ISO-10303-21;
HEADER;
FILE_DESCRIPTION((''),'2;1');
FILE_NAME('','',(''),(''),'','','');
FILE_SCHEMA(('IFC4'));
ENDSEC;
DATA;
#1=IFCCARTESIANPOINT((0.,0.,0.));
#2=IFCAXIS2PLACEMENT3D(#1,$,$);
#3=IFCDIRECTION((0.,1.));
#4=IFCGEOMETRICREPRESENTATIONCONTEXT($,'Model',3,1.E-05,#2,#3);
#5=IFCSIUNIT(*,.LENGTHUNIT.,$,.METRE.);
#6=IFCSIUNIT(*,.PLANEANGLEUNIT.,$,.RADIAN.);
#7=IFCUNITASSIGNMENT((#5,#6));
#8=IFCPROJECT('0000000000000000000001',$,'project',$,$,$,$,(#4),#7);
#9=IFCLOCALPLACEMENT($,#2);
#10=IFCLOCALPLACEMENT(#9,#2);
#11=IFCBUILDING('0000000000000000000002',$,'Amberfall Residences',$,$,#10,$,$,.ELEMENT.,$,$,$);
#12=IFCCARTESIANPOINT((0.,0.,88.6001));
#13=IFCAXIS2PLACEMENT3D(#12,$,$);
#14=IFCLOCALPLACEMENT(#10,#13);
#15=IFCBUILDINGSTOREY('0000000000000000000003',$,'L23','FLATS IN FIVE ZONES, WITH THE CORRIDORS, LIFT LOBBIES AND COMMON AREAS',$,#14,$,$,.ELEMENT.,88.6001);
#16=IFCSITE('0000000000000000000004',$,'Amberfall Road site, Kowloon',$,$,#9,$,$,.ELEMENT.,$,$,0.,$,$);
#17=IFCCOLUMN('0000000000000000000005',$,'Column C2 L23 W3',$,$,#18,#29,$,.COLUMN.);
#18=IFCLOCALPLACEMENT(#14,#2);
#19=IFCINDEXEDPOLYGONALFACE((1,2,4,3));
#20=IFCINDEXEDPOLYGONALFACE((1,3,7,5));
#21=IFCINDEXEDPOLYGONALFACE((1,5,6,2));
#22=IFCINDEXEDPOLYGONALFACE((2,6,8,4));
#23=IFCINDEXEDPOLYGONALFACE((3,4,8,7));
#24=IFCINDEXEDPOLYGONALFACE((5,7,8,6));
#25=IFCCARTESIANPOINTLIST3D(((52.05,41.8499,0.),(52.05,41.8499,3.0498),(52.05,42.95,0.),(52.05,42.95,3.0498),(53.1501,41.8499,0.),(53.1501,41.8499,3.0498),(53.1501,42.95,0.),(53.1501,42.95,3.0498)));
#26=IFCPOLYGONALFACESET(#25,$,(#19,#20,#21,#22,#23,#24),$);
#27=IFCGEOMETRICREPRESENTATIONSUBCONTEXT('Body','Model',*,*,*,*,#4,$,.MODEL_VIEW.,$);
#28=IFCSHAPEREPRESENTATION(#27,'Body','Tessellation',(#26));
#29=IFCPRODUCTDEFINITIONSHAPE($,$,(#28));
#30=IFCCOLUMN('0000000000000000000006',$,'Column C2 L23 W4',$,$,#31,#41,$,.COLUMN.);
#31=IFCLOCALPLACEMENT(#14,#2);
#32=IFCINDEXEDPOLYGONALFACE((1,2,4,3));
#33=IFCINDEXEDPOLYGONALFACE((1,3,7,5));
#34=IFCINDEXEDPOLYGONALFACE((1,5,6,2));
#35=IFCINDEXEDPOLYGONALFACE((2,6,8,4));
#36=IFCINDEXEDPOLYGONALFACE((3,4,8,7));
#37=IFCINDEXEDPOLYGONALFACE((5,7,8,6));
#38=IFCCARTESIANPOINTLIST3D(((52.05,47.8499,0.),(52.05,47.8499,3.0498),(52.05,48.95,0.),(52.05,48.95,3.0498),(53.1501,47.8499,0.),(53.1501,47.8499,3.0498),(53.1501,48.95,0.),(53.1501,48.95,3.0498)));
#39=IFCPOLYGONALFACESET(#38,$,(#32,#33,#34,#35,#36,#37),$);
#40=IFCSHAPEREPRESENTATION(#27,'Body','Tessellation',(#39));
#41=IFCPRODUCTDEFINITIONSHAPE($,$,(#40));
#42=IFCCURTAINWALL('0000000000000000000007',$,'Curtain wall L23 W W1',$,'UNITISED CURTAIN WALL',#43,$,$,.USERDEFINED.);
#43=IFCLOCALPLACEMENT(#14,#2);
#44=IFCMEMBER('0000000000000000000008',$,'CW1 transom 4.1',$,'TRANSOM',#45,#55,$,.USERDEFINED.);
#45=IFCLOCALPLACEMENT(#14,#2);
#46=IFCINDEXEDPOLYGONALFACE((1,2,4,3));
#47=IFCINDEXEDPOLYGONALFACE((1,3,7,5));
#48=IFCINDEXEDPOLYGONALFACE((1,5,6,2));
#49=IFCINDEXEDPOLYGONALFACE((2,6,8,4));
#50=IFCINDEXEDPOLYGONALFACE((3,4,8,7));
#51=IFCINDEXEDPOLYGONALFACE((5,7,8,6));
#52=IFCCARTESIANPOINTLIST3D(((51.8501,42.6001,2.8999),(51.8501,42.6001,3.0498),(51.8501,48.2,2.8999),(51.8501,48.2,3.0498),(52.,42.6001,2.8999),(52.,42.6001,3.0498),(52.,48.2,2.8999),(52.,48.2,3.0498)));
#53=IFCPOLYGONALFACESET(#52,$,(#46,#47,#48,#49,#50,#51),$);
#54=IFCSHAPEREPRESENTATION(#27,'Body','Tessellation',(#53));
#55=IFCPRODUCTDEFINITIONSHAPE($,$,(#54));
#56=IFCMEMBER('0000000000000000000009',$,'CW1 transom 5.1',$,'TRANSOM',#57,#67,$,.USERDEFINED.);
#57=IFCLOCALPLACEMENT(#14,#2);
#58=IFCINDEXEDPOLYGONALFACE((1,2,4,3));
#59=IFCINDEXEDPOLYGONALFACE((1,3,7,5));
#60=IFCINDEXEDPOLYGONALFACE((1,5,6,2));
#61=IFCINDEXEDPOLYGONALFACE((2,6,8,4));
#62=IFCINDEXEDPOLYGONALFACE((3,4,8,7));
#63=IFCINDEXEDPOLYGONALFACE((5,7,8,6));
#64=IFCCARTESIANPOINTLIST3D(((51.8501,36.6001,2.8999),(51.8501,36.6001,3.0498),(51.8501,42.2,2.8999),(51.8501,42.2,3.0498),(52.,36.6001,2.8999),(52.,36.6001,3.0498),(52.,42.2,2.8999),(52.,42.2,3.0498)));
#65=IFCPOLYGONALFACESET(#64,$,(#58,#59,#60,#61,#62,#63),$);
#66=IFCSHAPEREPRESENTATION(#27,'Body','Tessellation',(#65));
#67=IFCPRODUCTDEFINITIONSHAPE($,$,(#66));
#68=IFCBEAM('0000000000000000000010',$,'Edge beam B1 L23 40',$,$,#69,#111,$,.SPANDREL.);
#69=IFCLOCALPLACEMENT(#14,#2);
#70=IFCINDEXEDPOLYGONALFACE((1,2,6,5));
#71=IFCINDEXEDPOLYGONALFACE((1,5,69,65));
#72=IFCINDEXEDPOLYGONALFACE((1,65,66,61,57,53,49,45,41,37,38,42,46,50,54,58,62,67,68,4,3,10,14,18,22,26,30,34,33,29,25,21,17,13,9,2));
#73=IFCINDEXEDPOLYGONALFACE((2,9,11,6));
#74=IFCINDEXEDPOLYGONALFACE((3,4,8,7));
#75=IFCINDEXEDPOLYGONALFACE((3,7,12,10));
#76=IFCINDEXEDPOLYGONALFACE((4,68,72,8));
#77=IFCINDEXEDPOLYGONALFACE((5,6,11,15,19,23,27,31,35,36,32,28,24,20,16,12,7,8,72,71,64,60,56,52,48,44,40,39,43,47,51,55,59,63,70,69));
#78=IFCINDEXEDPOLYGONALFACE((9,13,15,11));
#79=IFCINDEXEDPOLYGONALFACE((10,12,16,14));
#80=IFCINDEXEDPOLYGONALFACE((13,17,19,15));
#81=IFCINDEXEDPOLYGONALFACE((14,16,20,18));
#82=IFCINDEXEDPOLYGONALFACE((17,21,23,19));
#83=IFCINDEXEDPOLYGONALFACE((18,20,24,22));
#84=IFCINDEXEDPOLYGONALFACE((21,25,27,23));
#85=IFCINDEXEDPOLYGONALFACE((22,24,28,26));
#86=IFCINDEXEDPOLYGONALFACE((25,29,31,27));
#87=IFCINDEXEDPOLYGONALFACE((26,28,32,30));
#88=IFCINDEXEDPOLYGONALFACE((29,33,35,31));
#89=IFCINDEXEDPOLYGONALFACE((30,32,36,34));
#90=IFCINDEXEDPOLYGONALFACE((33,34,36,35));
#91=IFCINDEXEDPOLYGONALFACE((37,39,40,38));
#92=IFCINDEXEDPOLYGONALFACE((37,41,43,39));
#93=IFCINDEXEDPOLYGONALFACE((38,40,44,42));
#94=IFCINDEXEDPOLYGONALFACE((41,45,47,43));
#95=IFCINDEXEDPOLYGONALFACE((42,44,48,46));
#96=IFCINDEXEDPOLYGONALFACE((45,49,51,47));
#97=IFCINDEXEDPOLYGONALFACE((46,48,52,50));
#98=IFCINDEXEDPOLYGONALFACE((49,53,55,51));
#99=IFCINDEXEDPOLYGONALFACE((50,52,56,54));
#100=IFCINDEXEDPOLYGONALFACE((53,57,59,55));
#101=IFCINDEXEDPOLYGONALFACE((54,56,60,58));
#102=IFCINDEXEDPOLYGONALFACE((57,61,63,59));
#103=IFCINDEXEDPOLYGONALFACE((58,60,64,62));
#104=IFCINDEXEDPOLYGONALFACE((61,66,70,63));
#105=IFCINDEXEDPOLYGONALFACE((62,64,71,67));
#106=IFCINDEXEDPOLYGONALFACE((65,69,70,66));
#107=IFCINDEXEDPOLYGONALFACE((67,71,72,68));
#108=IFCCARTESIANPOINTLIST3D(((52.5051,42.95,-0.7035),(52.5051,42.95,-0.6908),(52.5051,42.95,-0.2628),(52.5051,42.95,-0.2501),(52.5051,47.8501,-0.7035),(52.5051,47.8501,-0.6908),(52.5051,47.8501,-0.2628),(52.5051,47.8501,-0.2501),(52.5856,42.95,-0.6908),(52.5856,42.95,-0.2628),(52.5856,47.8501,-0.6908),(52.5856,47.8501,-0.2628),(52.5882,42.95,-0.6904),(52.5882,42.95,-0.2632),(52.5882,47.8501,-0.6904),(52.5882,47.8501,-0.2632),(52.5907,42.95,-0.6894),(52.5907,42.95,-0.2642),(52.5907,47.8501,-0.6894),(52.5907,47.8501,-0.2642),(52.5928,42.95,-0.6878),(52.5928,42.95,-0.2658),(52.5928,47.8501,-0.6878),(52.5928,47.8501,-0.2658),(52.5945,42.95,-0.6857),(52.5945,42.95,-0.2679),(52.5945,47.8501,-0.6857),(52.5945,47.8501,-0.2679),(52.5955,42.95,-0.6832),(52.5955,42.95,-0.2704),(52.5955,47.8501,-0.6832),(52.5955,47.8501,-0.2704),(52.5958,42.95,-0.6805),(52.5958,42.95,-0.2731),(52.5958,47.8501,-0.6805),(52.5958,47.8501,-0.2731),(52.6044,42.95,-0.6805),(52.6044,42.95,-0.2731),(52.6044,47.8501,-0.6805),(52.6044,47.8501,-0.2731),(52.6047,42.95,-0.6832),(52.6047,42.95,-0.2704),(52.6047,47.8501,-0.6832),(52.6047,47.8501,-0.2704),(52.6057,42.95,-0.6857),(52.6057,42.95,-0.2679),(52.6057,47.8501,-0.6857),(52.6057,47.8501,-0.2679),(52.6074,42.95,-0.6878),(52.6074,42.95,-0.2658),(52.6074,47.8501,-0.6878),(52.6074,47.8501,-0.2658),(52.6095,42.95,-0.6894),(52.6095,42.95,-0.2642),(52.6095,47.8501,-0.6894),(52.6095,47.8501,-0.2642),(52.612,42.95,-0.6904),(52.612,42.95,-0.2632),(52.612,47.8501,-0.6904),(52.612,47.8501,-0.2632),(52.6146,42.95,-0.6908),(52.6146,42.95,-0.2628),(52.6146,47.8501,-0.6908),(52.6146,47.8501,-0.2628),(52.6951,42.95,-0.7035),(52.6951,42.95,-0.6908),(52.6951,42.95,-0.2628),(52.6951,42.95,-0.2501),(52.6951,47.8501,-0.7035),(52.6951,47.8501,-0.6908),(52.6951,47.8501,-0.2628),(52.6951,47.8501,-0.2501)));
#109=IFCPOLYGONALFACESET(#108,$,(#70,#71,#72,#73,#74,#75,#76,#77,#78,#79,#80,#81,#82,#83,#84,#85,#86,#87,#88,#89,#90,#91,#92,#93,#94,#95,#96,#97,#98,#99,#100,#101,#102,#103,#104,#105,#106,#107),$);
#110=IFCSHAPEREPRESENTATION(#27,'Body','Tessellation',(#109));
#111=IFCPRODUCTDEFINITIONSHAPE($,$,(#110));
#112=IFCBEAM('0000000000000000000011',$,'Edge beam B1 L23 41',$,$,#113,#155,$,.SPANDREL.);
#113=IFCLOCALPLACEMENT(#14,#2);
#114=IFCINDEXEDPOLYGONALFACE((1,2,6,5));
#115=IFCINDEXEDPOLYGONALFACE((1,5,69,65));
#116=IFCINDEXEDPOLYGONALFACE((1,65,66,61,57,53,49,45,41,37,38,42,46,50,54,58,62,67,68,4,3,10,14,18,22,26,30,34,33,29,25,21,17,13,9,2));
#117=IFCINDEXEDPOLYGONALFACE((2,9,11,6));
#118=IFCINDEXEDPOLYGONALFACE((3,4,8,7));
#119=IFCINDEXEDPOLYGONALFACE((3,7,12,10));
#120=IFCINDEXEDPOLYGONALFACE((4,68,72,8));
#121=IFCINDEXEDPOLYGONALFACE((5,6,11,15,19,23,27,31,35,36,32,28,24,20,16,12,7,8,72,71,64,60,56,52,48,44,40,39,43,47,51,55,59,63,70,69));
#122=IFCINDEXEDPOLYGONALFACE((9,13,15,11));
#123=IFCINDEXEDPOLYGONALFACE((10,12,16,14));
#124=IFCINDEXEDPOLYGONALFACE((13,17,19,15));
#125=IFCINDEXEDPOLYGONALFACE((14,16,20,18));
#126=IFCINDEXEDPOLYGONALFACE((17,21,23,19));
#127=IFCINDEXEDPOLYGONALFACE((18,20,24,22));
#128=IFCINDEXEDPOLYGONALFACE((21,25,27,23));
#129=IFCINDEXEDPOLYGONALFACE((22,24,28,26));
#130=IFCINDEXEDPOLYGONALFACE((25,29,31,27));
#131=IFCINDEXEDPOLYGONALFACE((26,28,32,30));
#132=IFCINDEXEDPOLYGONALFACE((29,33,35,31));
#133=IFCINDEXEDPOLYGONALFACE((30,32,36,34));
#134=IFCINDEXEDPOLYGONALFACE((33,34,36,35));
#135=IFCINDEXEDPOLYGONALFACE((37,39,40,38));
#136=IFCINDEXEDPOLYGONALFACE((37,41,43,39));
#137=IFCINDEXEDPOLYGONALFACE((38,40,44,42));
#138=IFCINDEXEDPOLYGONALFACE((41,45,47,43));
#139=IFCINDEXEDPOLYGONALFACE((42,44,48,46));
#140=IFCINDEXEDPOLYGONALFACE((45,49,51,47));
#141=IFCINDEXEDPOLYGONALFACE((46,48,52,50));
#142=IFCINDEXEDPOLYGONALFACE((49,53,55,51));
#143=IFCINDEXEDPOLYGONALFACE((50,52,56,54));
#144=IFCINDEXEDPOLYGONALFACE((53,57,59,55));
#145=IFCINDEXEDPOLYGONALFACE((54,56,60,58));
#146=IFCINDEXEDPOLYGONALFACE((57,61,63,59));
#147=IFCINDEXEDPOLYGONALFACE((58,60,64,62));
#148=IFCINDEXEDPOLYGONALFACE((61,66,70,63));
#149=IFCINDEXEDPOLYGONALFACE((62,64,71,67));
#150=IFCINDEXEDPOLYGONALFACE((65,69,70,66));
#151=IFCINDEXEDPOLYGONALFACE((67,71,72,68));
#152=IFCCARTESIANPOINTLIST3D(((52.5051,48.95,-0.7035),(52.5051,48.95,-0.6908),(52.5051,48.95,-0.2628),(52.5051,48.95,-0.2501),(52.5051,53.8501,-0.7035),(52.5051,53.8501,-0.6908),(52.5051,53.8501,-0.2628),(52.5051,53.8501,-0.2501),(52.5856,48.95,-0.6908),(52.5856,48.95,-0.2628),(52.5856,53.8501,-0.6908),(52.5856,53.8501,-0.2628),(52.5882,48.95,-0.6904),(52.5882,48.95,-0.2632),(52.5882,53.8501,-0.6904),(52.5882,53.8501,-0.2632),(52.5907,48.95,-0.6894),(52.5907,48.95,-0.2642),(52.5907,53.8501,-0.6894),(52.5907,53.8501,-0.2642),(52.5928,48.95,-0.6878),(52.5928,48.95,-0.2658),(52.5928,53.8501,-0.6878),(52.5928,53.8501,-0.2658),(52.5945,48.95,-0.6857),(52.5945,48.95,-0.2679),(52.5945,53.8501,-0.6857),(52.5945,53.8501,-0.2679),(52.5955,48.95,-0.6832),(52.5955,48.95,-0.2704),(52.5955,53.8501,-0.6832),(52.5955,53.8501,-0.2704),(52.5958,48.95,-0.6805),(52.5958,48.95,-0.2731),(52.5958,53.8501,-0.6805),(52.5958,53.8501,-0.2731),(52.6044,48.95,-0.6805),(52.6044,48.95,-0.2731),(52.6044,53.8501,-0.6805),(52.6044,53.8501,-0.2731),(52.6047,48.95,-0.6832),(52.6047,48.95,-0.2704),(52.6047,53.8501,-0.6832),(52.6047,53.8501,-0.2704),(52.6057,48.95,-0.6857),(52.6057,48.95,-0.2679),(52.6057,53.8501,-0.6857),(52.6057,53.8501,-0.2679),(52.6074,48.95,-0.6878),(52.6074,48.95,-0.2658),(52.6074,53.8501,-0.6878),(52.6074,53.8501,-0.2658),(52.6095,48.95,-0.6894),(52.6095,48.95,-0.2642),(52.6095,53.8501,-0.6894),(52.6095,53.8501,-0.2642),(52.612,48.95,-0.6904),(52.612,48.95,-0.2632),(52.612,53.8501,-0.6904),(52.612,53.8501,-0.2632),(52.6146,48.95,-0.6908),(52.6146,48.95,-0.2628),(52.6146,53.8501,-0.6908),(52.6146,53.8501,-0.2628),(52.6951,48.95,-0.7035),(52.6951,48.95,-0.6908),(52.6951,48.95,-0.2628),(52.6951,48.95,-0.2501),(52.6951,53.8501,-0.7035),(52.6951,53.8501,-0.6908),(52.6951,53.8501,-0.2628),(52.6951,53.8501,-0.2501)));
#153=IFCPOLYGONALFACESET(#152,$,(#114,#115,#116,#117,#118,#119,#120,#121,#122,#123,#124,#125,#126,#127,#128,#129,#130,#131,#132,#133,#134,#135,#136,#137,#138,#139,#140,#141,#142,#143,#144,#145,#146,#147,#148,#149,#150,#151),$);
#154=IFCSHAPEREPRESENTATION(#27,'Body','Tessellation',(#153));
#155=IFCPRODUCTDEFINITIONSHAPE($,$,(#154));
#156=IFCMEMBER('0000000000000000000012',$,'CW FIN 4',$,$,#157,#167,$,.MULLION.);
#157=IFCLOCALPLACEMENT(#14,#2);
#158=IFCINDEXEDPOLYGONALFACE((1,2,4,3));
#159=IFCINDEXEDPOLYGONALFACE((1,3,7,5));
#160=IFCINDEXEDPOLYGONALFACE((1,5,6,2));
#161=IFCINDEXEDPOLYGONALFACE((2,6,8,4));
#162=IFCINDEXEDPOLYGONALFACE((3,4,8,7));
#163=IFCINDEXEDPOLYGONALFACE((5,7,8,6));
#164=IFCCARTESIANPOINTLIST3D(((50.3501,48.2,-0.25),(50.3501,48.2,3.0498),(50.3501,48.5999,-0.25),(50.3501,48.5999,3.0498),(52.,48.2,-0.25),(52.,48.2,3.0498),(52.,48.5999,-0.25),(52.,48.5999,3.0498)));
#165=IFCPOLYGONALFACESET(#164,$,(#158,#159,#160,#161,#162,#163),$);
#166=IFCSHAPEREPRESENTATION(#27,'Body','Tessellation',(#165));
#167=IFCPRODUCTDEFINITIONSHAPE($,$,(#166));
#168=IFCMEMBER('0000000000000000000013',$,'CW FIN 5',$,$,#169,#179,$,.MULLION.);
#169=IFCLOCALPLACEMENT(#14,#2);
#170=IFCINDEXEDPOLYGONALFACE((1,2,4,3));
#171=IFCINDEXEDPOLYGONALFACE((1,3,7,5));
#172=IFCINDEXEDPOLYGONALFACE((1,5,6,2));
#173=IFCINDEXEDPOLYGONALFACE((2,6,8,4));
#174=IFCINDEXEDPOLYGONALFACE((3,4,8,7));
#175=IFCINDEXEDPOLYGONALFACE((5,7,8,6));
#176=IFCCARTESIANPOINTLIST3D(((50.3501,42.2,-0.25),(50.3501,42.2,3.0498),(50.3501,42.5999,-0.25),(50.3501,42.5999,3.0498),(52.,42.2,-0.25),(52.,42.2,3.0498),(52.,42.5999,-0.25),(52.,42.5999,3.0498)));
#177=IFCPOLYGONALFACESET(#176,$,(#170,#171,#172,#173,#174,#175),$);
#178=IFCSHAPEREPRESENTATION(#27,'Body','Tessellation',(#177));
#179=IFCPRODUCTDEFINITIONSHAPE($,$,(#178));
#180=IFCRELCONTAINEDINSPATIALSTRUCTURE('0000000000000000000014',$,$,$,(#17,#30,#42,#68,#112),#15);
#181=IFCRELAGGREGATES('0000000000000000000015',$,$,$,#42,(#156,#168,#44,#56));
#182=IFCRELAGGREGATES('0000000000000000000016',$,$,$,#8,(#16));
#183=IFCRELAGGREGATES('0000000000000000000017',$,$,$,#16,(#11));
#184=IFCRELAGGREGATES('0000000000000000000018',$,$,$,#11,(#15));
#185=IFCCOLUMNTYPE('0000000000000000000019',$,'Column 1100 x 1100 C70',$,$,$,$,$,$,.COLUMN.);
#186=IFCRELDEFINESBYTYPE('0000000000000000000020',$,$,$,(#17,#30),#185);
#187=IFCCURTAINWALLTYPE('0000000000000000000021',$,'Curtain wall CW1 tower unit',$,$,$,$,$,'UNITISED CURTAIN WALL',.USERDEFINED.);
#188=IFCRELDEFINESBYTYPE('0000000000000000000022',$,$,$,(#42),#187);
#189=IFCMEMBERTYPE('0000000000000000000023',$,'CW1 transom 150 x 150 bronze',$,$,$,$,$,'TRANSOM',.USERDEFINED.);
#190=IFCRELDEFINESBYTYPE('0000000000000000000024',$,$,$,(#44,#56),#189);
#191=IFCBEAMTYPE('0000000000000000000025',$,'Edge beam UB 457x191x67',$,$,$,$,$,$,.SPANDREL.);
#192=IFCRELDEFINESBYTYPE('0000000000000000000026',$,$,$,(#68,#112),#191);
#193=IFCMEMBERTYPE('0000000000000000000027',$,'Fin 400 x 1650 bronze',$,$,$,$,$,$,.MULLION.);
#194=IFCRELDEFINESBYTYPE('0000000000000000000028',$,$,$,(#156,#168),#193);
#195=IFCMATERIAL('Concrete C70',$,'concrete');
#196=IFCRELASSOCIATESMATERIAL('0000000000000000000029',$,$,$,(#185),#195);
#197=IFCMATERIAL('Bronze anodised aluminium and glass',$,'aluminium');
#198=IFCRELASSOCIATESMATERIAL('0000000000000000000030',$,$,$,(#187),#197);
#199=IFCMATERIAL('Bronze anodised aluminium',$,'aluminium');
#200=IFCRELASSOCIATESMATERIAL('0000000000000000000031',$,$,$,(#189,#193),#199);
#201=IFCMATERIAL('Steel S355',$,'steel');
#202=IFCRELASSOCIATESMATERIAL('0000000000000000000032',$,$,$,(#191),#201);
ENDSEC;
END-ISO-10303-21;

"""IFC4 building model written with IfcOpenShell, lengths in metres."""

from ifc_helpers import new_model, si_unit, direction, frame, origin, origin_2d, place, context, subcontext, project, spatial, rectangle, i_section, extrude, material, material_profile, profile_set, type_object, element, aggregate, save


model = new_model("IFC4")

# Units and contexts
model_context = context("Model", 3, precision=1e-05, world=origin(), true_north=direction((0.0, 1.0)))
body_context = subcontext(model_context, "Body", "Model", "MODEL_VIEW")
ifc_project = project(units=[si_unit("LENGTHUNIT", "METRE"), si_unit("PLANEANGLEUNIT", "RADIAN")], contexts=[model_context])

# Site, building, storey
site_placement = place(None, origin())
site = spatial("IfcSite", under=ifc_project, at=site_placement, Name="Amberfall Road site, Kowloon", CompositionType="ELEMENT", RefElevation=0.0)
building_placement = place(site_placement, origin())
building = spatial("IfcBuilding", under=site, at=building_placement, Name="Amberfall Residences", CompositionType="ELEMENT")
storey_placement = place(building_placement, frame((0.0, 0.0, 88.6001)))
storey = spatial("IfcBuildingStorey", under=building, at=storey_placement, Name="L23", Description="FLATS IN FIVE ZONES, WITH THE CORRIDORS, LIFT LOBBIES AND COMMON AREAS", CompositionType="ELEMENT", Elevation=88.6001)

# Columns
ifc_material_1 = material(Name="Concrete C70", Category="concrete")
ifc_material_profile_1 = material_profile(ifc_material_1, rectangle(XDim=1.1001, YDim=1.1001, at=origin_2d()), Name="Column 1100 x 1100 C70")
ifc_profile_set_1 = profile_set([ifc_material_profile_1], Name="Concrete C70")
column_type = type_object("IfcColumnType", Name="Column 1100 x 1100 C70", PredefinedType="COLUMN", material=ifc_profile_set_1)
for number, where, z_axis, x_axis, name in (
    (1, (52.6001, 42.3999, 0.0), (0.0, 0.0, 1.0), (1.0, 0.0, 0.0), "Column C2 L23 W3"),
    (2, (52.6001, 48.3999, 0.0), (0.0, 0.0, 1.0), (1.0, 0.0, 0.0), "Column C2 L23 W4"),
):
    element("IfcColumn", number, at=place(storey_placement, frame(where, z_axis=z_axis, x_axis=x_axis)), inside=storey, type_object=column_type, Name=name, PredefinedType="COLUMN", context=body_context, shape_type="SweptSolid", body=[
        extrude(rectangle(XDim=1.1001, YDim=1.1001, at=origin_2d()), origin(), (0.0, 0.0, 1.0), 3.0498),
    ])

# Curtain wall, members
ifc_material_2 = material(Name="Bronze anodised aluminium and glass", Category="aluminium")
curtain_wall_type = type_object("IfcCurtainWallType", Name="Curtain wall CW1 tower unit", ElementType="UNITISED CURTAIN WALL", PredefinedType="USERDEFINED", material=ifc_material_2)
curtain_wall_placement = place(storey_placement, origin())
curtain_wall = element("IfcCurtainWall", 3, at=curtain_wall_placement, inside=storey, type_object=curtain_wall_type, Name="Curtain wall L23 W W1", ObjectType="UNITISED CURTAIN WALL", PredefinedType="USERDEFINED")
ifc_material_3 = material(Name="Bronze anodised aluminium", Category="aluminium")
ifc_material_profile_2 = material_profile(ifc_material_3, rectangle(XDim=0.1499, YDim=0.1499, at=origin_2d()), Name="CW1 transom 150 x 150 bronze")
ifc_profile_set_2 = profile_set([ifc_material_profile_2], Name="Bronze anodised aluminium")
member_type_1 = type_object("IfcMemberType", Name="CW1 transom 150 x 150 bronze", ElementType="TRANSOM", PredefinedType="USERDEFINED", material=ifc_profile_set_2)
member_1_placement = place(storey_placement, frame((51.925, 48.2, 2.9749), z_axis=(0.0, -1.0, 0.0), x_axis=(1.0, 0.0, 0.0)))
member_1 = element("IfcMember", 4, at=member_1_placement, type_object=member_type_1, Name="CW1 transom 4.1", ObjectType="TRANSOM", PredefinedType="USERDEFINED", context=body_context, shape_type="SweptSolid", body=[
    extrude(rectangle(XDim=0.1499, YDim=0.1499, at=origin_2d()), origin(), (0.0, 0.0, 1.0), 5.5999),
])
member_2_placement = place(storey_placement, frame((51.925, 42.2, 2.9749), z_axis=(0.0, -1.0, 0.0), x_axis=(1.0, 0.0, 0.0)))
member_2 = element("IfcMember", 5, at=member_2_placement, type_object=member_type_1, Name="CW1 transom 5.1", ObjectType="TRANSOM", PredefinedType="USERDEFINED", context=body_context, shape_type="SweptSolid", body=[
    extrude(rectangle(XDim=0.1499, YDim=0.1499, at=origin_2d()), origin(), (0.0, 0.0, 1.0), 5.5999),
])

# Beams
ifc_material_4 = material(Name="Steel S355", Category="steel")
ifc_material_profile_3 = material_profile(ifc_material_4, i_section(OverallWidth=0.1899, OverallDepth=0.4534, WebThickness=0.0085, FlangeThickness=0.0127, FilletRadius=0.0103, at=origin_2d()), Name="UB 457x191x67")
ifc_profile_set_3 = profile_set([ifc_material_profile_3], Name="Steel S355")
beam_type_1 = type_object("IfcBeamType", Name="Edge beam UB 457x191x67", PredefinedType="SPANDREL", material=ifc_profile_set_3)
for number, where, z_axis, x_axis, name in (
    (6, (52.6001, 42.95, -0.4768), (0.0, 1.0, 0.0), (-1.0, 0.0, 0.0), "Edge beam B1 L23 40"),
    (7, (52.6001, 48.95, -0.4768), (0.0, 1.0, 0.0), (-1.0, 0.0, 0.0), "Edge beam B1 L23 41"),
):
    element("IfcBeam", number, at=place(storey_placement, frame(where, z_axis=z_axis, x_axis=x_axis)), inside=storey, type_object=beam_type_1, Name=name, PredefinedType="SPANDREL", context=body_context, shape_type="SweptSolid", body=[
        extrude(i_section(OverallWidth=0.1899, OverallDepth=0.4534, WebThickness=0.0085, FlangeThickness=0.0127, FilletRadius=0.0103, at=origin_2d()), origin(), (0.0, 0.0, 1.0), 4.9001),
    ])

# Members
ifc_material_profile_4 = material_profile(ifc_material_3, rectangle(XDim=1.6499, YDim=0.3999, at=origin_2d()), Name="Fin 400 x 1650 bronze")
ifc_profile_set_4 = profile_set([ifc_material_profile_4], Name="Bronze anodised aluminium")
member_type_2 = type_object("IfcMemberType", Name="Fin 400 x 1650 bronze", PredefinedType="MULLION", material=ifc_profile_set_4)
member_3_placement = place(storey_placement, frame((51.175, 48.3999, -0.25), z_axis=(0.0, 0.0, 1.0), x_axis=(1.0, 0.0, 0.0)))
member_3 = element("IfcMember", 8, at=member_3_placement, type_object=member_type_2, Name="CW FIN 4", PredefinedType="MULLION", context=body_context, shape_type="SweptSolid", body=[
    extrude(rectangle(XDim=1.6499, YDim=0.3999, at=origin_2d()), origin(), (0.0, 0.0, 1.0), 3.2998),
])
member_4_placement = place(storey_placement, frame((51.175, 42.3999, -0.25), z_axis=(0.0, 0.0, 1.0), x_axis=(1.0, 0.0, 0.0)))
member_4 = element("IfcMember", 9, at=member_4_placement, type_object=member_type_2, Name="CW FIN 5", PredefinedType="MULLION", context=body_context, shape_type="SweptSolid", body=[
    extrude(rectangle(XDim=1.6499, YDim=0.3999, at=origin_2d()), origin(), (0.0, 0.0, 1.0), 3.2998),
])

aggregate(curtain_wall, [member_3, member_4, member_1, member_2])

save(model, "model.ifc")
